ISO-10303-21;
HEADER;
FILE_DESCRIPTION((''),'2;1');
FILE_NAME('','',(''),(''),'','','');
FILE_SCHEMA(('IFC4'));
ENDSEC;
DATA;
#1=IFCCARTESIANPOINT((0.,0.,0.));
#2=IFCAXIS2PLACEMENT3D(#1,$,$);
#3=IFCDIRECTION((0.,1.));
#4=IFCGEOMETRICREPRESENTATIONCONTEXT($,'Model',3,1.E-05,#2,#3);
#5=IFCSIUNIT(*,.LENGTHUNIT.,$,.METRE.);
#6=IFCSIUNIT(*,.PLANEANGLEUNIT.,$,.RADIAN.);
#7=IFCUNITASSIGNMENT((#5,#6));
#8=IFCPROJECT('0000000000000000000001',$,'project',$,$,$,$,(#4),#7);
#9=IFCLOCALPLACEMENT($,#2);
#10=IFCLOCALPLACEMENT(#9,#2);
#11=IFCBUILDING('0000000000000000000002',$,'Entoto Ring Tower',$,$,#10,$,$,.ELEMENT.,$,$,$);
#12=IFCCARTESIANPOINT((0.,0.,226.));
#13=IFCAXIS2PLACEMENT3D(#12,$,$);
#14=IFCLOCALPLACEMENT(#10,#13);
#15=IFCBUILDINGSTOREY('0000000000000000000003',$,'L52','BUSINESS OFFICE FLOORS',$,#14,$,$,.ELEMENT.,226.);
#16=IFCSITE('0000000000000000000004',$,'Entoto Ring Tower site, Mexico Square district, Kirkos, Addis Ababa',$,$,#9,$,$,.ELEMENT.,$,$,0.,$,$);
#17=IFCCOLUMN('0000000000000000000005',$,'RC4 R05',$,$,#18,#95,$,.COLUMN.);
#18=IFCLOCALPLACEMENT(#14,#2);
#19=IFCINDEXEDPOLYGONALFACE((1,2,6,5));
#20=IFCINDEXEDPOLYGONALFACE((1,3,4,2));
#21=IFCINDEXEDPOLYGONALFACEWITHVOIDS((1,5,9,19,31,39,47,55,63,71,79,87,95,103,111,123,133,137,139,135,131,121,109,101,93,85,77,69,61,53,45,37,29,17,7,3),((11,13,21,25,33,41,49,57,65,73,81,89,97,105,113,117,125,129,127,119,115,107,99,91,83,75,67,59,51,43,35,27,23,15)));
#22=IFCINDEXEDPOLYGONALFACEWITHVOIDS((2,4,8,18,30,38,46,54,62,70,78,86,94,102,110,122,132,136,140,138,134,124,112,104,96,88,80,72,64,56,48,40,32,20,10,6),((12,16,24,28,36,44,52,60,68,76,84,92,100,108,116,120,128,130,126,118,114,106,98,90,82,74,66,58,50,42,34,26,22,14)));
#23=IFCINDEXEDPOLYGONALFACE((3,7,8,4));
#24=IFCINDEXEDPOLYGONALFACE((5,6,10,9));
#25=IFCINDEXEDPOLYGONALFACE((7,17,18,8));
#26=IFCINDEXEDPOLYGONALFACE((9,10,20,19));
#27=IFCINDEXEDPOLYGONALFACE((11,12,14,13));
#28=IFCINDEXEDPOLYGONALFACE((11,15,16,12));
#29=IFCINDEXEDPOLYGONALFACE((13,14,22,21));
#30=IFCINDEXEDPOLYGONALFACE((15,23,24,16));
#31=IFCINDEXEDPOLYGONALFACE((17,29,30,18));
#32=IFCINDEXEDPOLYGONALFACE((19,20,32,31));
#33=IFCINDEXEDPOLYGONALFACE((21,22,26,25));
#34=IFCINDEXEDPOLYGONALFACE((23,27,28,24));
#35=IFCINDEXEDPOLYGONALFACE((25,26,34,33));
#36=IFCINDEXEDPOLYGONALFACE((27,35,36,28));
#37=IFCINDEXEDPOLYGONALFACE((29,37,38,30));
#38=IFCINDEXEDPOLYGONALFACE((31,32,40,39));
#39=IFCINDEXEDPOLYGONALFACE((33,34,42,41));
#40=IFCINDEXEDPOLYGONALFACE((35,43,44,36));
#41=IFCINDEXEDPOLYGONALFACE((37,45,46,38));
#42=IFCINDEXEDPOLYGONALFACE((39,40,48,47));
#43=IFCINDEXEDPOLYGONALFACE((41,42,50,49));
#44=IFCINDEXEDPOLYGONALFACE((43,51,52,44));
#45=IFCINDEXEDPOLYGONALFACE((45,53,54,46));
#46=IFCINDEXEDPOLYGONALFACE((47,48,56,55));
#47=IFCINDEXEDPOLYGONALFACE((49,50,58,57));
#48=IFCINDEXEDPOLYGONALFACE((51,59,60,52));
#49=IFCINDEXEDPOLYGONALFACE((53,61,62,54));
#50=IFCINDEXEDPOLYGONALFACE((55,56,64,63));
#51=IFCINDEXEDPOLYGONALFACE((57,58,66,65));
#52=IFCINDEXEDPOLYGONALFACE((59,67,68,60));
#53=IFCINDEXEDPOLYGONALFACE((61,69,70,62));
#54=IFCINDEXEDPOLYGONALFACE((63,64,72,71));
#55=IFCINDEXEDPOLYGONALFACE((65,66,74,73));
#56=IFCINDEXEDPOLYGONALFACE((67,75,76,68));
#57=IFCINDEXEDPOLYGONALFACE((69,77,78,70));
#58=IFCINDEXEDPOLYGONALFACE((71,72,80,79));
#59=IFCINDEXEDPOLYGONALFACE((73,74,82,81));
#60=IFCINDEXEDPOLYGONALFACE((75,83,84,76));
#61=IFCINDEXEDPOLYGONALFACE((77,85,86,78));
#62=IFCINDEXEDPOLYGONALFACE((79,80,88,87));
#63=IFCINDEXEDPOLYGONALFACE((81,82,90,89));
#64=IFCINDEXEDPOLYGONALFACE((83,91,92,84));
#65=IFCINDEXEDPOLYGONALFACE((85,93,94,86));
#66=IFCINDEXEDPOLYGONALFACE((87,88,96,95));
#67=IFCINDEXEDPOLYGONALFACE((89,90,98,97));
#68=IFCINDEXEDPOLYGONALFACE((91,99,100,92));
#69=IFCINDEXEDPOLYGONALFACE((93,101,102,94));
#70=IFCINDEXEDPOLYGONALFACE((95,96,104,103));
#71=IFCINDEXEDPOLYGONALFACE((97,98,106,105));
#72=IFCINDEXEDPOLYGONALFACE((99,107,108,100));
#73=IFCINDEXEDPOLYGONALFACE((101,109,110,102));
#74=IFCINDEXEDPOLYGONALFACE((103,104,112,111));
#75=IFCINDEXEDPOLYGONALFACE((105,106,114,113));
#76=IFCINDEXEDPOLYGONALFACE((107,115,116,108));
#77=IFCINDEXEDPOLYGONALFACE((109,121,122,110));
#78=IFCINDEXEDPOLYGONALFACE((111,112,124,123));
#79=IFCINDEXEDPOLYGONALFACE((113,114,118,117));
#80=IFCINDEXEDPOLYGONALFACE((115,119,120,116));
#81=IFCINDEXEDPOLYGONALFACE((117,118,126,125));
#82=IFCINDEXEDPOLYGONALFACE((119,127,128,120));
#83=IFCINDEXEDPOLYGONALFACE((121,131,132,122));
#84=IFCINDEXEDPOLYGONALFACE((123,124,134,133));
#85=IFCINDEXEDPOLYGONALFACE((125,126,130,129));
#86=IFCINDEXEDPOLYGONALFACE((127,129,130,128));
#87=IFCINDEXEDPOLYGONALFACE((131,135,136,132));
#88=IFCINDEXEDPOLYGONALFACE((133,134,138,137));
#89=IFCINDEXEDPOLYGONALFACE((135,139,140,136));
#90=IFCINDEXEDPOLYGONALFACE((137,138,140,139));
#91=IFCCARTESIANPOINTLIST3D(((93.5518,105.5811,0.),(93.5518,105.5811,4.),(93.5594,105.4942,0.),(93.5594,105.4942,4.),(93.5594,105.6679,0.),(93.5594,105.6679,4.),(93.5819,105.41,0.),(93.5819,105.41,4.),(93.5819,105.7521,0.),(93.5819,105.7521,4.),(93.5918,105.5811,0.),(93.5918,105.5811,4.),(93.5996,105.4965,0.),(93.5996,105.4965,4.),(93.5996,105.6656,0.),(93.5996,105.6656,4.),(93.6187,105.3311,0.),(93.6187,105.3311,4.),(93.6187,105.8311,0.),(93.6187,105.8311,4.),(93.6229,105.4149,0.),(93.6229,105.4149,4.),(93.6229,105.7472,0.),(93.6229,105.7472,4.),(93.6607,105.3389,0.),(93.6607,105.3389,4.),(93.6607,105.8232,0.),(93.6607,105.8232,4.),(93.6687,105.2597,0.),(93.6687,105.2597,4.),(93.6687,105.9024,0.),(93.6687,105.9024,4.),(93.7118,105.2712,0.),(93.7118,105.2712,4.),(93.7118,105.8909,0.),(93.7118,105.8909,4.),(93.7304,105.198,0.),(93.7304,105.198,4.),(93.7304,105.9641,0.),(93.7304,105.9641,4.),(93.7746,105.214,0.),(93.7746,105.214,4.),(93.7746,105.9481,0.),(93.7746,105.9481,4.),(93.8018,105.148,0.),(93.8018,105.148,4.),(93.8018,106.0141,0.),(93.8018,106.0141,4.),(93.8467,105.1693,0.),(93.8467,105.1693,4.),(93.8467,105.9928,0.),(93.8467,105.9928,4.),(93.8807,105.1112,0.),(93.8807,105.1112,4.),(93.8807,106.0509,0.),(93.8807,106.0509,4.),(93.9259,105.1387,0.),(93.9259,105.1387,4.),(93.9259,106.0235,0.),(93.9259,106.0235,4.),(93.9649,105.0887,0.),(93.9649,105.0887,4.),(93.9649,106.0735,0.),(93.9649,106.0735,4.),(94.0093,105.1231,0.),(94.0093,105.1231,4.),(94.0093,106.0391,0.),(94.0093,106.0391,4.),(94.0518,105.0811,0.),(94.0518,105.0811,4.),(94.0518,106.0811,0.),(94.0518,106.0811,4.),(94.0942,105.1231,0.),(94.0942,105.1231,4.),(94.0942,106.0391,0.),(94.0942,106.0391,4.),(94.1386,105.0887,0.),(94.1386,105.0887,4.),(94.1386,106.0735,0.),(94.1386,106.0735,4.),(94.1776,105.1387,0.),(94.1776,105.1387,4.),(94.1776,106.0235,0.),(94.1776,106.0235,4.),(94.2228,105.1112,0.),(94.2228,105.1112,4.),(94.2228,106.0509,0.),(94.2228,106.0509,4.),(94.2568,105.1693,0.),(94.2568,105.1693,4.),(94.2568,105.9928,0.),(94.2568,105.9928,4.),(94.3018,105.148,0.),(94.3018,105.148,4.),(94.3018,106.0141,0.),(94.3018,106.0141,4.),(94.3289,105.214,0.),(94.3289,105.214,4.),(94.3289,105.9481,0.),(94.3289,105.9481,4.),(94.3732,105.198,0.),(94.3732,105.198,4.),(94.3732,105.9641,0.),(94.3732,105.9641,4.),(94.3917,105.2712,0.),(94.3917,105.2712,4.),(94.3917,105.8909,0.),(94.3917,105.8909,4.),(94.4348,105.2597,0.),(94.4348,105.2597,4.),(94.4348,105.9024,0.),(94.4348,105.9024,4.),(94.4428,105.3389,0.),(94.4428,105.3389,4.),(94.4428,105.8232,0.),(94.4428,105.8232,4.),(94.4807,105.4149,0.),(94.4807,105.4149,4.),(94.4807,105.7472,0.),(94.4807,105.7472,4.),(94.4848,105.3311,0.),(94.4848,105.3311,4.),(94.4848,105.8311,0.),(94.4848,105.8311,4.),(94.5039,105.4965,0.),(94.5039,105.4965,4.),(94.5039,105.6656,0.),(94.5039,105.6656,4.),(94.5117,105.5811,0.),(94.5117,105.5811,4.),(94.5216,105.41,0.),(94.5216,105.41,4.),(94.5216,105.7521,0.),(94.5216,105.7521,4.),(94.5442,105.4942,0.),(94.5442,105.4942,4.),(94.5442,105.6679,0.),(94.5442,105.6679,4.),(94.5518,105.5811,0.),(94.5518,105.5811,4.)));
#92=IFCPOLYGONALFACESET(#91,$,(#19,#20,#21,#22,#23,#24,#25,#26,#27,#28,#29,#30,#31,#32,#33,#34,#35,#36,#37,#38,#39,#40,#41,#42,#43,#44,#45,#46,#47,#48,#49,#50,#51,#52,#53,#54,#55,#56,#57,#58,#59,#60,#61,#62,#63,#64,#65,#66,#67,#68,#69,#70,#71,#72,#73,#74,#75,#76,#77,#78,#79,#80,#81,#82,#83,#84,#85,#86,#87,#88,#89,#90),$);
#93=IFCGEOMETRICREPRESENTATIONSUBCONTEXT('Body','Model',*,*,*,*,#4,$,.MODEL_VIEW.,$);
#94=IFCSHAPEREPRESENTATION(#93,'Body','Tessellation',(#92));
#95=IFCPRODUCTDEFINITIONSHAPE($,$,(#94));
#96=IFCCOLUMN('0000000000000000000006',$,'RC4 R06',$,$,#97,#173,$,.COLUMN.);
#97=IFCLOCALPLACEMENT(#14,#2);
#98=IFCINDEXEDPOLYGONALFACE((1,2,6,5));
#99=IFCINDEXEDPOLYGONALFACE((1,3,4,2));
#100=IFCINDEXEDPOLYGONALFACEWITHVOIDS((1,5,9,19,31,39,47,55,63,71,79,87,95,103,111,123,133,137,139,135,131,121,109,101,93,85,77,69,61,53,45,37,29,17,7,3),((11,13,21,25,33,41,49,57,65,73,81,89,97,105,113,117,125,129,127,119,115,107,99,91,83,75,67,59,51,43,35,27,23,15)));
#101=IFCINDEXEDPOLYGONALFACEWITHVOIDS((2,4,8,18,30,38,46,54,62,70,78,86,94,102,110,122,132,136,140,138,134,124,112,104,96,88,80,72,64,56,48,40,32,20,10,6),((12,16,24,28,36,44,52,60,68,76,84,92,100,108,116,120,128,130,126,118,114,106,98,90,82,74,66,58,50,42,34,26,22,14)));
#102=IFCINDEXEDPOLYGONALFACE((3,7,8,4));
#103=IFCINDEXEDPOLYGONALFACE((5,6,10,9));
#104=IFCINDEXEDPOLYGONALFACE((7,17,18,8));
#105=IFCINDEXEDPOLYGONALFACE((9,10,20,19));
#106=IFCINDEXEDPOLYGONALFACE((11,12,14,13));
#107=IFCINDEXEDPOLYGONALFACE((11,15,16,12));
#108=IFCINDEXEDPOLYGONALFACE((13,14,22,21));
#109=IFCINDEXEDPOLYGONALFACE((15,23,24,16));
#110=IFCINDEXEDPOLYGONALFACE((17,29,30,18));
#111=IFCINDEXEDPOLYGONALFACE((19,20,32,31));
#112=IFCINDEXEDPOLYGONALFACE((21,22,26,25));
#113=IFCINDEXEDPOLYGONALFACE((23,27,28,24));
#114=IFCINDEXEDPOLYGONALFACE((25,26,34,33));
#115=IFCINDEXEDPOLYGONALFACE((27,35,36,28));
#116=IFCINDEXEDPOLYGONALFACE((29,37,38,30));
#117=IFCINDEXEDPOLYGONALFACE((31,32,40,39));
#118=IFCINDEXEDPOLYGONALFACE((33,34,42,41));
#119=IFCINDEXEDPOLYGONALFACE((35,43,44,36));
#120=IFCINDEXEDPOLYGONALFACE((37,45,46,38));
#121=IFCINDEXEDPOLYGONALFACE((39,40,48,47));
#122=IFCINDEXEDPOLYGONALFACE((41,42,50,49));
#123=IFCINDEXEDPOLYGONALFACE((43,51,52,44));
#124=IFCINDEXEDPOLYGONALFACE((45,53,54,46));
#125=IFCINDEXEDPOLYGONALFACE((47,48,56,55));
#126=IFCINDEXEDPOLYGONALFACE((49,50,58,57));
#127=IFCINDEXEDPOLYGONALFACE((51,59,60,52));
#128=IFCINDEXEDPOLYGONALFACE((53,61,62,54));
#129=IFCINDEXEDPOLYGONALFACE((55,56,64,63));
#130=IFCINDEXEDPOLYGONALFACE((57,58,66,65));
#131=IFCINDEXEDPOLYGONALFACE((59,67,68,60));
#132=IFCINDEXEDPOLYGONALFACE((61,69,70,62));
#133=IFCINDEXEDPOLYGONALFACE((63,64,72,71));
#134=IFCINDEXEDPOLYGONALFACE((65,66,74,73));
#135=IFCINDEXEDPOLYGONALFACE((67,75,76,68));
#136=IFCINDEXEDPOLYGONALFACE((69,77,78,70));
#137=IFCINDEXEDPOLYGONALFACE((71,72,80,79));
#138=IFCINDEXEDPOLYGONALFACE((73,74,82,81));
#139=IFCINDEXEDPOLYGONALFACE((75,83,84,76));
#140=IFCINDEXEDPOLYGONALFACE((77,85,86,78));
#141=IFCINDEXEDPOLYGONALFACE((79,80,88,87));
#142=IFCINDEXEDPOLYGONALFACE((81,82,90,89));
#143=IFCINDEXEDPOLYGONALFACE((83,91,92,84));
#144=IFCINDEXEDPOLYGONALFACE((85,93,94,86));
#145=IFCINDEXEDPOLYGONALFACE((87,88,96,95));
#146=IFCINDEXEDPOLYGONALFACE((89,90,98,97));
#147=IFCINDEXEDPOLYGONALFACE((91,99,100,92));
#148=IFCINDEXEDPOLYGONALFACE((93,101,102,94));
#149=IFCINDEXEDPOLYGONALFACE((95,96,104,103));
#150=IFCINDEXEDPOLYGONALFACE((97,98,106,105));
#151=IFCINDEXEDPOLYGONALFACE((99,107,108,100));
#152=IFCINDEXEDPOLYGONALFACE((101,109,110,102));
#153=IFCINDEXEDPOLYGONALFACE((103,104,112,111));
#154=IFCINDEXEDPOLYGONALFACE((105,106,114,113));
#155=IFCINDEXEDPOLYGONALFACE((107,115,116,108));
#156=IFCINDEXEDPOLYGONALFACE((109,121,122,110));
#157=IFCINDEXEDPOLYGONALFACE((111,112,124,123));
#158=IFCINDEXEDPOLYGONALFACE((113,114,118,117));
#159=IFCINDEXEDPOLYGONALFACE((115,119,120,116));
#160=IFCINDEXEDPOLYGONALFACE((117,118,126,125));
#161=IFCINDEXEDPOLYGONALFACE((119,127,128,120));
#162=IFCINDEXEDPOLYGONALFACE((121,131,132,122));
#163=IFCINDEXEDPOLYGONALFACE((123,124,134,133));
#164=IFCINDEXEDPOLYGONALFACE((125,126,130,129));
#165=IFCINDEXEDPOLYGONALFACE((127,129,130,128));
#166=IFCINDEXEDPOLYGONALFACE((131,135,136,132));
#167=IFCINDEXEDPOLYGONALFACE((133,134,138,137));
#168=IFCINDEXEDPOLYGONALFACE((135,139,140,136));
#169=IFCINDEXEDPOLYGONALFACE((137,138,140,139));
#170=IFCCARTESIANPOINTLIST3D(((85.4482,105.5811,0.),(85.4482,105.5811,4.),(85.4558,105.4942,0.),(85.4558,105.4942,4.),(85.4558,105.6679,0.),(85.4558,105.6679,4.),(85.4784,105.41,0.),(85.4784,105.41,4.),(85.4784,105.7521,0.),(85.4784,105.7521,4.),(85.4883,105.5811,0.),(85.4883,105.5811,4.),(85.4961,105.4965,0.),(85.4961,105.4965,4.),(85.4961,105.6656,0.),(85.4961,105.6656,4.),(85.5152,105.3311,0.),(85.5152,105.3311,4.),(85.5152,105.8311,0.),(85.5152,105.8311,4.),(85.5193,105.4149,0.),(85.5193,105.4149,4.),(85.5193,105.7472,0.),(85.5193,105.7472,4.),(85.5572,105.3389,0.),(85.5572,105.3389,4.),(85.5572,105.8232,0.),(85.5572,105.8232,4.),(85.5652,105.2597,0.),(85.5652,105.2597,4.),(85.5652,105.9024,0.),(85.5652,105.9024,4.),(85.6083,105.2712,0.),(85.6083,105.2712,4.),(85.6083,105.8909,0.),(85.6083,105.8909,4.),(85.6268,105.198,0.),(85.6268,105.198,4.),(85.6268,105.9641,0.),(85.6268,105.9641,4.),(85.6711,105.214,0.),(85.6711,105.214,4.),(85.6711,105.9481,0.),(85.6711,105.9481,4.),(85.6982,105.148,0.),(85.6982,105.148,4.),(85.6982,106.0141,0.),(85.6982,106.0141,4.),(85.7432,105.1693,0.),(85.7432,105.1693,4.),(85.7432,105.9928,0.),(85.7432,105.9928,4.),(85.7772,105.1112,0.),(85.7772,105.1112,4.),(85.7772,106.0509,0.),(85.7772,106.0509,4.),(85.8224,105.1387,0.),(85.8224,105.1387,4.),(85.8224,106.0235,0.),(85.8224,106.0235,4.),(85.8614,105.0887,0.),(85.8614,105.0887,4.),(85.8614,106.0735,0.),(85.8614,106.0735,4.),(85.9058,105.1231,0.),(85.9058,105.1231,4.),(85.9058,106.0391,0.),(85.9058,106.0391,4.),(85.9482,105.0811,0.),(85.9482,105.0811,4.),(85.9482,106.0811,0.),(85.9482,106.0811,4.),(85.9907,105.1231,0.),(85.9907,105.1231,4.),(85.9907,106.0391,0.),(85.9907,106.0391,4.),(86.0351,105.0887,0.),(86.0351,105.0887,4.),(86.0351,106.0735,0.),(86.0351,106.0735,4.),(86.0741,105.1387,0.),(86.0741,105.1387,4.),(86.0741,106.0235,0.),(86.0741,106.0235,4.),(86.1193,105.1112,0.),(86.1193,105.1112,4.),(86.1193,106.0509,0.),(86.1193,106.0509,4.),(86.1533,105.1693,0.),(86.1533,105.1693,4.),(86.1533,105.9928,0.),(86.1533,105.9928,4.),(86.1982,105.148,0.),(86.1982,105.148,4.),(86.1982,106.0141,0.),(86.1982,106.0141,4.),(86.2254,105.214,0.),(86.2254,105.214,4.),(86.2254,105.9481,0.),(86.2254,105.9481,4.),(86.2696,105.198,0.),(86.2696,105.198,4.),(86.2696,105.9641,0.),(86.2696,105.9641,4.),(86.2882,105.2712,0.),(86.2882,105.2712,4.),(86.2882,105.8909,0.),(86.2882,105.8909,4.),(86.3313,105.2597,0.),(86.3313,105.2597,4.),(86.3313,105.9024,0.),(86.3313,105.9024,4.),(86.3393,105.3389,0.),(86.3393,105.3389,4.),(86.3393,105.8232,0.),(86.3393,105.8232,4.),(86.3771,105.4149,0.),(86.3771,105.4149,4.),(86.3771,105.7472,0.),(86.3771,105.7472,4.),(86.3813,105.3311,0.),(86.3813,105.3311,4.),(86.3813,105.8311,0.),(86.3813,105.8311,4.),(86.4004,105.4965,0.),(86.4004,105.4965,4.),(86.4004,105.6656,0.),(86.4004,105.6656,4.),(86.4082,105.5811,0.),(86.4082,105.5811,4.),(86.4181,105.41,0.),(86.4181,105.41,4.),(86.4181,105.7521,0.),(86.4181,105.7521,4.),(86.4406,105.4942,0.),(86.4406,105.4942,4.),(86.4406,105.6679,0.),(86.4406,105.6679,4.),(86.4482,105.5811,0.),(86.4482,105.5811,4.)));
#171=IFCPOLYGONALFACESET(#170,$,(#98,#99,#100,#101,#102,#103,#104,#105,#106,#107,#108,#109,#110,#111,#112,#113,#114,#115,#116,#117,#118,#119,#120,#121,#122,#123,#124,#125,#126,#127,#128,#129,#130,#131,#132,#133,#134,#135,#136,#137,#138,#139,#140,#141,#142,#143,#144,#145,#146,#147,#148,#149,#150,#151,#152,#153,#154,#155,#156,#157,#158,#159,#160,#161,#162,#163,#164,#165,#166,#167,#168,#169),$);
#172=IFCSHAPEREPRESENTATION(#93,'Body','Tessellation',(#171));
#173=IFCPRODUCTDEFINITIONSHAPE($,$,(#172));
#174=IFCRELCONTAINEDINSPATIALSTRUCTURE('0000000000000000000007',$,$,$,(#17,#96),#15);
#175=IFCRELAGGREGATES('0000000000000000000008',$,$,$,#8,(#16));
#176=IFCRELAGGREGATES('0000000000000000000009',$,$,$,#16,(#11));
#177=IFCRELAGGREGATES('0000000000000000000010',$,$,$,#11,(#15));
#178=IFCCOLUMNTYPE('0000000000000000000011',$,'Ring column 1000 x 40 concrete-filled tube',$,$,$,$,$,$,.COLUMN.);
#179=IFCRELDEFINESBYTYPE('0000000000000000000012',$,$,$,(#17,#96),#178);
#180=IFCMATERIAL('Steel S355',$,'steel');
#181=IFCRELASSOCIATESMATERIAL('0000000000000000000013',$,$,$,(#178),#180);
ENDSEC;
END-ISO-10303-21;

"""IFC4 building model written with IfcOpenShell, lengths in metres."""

from ifc_helpers import new_model, si_unit, direction, frame, origin, origin_2d, place, context, subcontext, project, spatial, circle, hollow_circle, extrude, material, material_profile, profile_set, type_object, element, save


model = new_model("IFC4")

# Units and contexts
model_context = context("Model", 3, precision=1e-05, world=origin(), true_north=direction((0.0, 1.0)))
body_context = subcontext(model_context, "Body", "Model", "MODEL_VIEW")
ifc_project = project(units=[si_unit("LENGTHUNIT", "METRE"), si_unit("PLANEANGLEUNIT", "RADIAN")], contexts=[model_context])

# Site, building, storey
site_placement = place(None, origin())
site = spatial("IfcSite", under=ifc_project, at=site_placement, Name="Entoto Ring Tower site, Mexico Square district, Kirkos, Addis Ababa", CompositionType="ELEMENT", RefElevation=0.0)
building_placement = place(site_placement, origin())
building = spatial("IfcBuilding", under=site, at=building_placement, Name="Entoto Ring Tower", CompositionType="ELEMENT")
storey_placement = place(building_placement, frame((0.0, 0.0, 226.0)))
storey = spatial("IfcBuildingStorey", under=building, at=storey_placement, Name="L52", Description="BUSINESS OFFICE FLOORS", CompositionType="ELEMENT", Elevation=226.0)

# Columns
ifc_material_1 = material(Name="Steel S355", Category="steel")
ifc_material_profile_1 = material_profile(ifc_material_1, hollow_circle(Radius=0.5, WallThickness=0.04, at=origin_2d()), Name="CHS 1000 x 40")
ifc_material_2 = material(Name="Concrete C60/75", Category="concrete")
ifc_material_profile_2 = material_profile(ifc_material_2, circle(Radius=0.46, at=origin_2d()), Name="Concrete C60/75 infill")
ifc_profile_set_1 = profile_set([ifc_material_profile_1, ifc_material_profile_2], Name="Steel S355")
column_type = type_object("IfcColumnType", Name="Ring column 1000 x 40 concrete-filled tube", PredefinedType="COLUMN", material=ifc_profile_set_1)
for number, where, z_axis, x_axis, name in (
    (1, (94.0518, 105.5811, 0.0), (0.0, 0.0, 1.0), (1.0, 0.0, 0.0), "RC4 R05"),
    (2, (85.9482, 105.5811, 0.0), (0.0, 0.0, 1.0), (1.0, 0.0, 0.0), "RC4 R06"),
):
    element("IfcColumn", number, at=place(storey_placement, frame(where, z_axis=z_axis, x_axis=x_axis)), inside=storey, type_object=column_type, Name=name, PredefinedType="COLUMN", context=body_context, shape_type="SweptSolid", body=[
        extrude(hollow_circle(Radius=0.5, WallThickness=0.04, at=origin_2d()), origin(), (0.0, 0.0, 1.0), 4.0),
    ])

save(model, "model.ifc")
